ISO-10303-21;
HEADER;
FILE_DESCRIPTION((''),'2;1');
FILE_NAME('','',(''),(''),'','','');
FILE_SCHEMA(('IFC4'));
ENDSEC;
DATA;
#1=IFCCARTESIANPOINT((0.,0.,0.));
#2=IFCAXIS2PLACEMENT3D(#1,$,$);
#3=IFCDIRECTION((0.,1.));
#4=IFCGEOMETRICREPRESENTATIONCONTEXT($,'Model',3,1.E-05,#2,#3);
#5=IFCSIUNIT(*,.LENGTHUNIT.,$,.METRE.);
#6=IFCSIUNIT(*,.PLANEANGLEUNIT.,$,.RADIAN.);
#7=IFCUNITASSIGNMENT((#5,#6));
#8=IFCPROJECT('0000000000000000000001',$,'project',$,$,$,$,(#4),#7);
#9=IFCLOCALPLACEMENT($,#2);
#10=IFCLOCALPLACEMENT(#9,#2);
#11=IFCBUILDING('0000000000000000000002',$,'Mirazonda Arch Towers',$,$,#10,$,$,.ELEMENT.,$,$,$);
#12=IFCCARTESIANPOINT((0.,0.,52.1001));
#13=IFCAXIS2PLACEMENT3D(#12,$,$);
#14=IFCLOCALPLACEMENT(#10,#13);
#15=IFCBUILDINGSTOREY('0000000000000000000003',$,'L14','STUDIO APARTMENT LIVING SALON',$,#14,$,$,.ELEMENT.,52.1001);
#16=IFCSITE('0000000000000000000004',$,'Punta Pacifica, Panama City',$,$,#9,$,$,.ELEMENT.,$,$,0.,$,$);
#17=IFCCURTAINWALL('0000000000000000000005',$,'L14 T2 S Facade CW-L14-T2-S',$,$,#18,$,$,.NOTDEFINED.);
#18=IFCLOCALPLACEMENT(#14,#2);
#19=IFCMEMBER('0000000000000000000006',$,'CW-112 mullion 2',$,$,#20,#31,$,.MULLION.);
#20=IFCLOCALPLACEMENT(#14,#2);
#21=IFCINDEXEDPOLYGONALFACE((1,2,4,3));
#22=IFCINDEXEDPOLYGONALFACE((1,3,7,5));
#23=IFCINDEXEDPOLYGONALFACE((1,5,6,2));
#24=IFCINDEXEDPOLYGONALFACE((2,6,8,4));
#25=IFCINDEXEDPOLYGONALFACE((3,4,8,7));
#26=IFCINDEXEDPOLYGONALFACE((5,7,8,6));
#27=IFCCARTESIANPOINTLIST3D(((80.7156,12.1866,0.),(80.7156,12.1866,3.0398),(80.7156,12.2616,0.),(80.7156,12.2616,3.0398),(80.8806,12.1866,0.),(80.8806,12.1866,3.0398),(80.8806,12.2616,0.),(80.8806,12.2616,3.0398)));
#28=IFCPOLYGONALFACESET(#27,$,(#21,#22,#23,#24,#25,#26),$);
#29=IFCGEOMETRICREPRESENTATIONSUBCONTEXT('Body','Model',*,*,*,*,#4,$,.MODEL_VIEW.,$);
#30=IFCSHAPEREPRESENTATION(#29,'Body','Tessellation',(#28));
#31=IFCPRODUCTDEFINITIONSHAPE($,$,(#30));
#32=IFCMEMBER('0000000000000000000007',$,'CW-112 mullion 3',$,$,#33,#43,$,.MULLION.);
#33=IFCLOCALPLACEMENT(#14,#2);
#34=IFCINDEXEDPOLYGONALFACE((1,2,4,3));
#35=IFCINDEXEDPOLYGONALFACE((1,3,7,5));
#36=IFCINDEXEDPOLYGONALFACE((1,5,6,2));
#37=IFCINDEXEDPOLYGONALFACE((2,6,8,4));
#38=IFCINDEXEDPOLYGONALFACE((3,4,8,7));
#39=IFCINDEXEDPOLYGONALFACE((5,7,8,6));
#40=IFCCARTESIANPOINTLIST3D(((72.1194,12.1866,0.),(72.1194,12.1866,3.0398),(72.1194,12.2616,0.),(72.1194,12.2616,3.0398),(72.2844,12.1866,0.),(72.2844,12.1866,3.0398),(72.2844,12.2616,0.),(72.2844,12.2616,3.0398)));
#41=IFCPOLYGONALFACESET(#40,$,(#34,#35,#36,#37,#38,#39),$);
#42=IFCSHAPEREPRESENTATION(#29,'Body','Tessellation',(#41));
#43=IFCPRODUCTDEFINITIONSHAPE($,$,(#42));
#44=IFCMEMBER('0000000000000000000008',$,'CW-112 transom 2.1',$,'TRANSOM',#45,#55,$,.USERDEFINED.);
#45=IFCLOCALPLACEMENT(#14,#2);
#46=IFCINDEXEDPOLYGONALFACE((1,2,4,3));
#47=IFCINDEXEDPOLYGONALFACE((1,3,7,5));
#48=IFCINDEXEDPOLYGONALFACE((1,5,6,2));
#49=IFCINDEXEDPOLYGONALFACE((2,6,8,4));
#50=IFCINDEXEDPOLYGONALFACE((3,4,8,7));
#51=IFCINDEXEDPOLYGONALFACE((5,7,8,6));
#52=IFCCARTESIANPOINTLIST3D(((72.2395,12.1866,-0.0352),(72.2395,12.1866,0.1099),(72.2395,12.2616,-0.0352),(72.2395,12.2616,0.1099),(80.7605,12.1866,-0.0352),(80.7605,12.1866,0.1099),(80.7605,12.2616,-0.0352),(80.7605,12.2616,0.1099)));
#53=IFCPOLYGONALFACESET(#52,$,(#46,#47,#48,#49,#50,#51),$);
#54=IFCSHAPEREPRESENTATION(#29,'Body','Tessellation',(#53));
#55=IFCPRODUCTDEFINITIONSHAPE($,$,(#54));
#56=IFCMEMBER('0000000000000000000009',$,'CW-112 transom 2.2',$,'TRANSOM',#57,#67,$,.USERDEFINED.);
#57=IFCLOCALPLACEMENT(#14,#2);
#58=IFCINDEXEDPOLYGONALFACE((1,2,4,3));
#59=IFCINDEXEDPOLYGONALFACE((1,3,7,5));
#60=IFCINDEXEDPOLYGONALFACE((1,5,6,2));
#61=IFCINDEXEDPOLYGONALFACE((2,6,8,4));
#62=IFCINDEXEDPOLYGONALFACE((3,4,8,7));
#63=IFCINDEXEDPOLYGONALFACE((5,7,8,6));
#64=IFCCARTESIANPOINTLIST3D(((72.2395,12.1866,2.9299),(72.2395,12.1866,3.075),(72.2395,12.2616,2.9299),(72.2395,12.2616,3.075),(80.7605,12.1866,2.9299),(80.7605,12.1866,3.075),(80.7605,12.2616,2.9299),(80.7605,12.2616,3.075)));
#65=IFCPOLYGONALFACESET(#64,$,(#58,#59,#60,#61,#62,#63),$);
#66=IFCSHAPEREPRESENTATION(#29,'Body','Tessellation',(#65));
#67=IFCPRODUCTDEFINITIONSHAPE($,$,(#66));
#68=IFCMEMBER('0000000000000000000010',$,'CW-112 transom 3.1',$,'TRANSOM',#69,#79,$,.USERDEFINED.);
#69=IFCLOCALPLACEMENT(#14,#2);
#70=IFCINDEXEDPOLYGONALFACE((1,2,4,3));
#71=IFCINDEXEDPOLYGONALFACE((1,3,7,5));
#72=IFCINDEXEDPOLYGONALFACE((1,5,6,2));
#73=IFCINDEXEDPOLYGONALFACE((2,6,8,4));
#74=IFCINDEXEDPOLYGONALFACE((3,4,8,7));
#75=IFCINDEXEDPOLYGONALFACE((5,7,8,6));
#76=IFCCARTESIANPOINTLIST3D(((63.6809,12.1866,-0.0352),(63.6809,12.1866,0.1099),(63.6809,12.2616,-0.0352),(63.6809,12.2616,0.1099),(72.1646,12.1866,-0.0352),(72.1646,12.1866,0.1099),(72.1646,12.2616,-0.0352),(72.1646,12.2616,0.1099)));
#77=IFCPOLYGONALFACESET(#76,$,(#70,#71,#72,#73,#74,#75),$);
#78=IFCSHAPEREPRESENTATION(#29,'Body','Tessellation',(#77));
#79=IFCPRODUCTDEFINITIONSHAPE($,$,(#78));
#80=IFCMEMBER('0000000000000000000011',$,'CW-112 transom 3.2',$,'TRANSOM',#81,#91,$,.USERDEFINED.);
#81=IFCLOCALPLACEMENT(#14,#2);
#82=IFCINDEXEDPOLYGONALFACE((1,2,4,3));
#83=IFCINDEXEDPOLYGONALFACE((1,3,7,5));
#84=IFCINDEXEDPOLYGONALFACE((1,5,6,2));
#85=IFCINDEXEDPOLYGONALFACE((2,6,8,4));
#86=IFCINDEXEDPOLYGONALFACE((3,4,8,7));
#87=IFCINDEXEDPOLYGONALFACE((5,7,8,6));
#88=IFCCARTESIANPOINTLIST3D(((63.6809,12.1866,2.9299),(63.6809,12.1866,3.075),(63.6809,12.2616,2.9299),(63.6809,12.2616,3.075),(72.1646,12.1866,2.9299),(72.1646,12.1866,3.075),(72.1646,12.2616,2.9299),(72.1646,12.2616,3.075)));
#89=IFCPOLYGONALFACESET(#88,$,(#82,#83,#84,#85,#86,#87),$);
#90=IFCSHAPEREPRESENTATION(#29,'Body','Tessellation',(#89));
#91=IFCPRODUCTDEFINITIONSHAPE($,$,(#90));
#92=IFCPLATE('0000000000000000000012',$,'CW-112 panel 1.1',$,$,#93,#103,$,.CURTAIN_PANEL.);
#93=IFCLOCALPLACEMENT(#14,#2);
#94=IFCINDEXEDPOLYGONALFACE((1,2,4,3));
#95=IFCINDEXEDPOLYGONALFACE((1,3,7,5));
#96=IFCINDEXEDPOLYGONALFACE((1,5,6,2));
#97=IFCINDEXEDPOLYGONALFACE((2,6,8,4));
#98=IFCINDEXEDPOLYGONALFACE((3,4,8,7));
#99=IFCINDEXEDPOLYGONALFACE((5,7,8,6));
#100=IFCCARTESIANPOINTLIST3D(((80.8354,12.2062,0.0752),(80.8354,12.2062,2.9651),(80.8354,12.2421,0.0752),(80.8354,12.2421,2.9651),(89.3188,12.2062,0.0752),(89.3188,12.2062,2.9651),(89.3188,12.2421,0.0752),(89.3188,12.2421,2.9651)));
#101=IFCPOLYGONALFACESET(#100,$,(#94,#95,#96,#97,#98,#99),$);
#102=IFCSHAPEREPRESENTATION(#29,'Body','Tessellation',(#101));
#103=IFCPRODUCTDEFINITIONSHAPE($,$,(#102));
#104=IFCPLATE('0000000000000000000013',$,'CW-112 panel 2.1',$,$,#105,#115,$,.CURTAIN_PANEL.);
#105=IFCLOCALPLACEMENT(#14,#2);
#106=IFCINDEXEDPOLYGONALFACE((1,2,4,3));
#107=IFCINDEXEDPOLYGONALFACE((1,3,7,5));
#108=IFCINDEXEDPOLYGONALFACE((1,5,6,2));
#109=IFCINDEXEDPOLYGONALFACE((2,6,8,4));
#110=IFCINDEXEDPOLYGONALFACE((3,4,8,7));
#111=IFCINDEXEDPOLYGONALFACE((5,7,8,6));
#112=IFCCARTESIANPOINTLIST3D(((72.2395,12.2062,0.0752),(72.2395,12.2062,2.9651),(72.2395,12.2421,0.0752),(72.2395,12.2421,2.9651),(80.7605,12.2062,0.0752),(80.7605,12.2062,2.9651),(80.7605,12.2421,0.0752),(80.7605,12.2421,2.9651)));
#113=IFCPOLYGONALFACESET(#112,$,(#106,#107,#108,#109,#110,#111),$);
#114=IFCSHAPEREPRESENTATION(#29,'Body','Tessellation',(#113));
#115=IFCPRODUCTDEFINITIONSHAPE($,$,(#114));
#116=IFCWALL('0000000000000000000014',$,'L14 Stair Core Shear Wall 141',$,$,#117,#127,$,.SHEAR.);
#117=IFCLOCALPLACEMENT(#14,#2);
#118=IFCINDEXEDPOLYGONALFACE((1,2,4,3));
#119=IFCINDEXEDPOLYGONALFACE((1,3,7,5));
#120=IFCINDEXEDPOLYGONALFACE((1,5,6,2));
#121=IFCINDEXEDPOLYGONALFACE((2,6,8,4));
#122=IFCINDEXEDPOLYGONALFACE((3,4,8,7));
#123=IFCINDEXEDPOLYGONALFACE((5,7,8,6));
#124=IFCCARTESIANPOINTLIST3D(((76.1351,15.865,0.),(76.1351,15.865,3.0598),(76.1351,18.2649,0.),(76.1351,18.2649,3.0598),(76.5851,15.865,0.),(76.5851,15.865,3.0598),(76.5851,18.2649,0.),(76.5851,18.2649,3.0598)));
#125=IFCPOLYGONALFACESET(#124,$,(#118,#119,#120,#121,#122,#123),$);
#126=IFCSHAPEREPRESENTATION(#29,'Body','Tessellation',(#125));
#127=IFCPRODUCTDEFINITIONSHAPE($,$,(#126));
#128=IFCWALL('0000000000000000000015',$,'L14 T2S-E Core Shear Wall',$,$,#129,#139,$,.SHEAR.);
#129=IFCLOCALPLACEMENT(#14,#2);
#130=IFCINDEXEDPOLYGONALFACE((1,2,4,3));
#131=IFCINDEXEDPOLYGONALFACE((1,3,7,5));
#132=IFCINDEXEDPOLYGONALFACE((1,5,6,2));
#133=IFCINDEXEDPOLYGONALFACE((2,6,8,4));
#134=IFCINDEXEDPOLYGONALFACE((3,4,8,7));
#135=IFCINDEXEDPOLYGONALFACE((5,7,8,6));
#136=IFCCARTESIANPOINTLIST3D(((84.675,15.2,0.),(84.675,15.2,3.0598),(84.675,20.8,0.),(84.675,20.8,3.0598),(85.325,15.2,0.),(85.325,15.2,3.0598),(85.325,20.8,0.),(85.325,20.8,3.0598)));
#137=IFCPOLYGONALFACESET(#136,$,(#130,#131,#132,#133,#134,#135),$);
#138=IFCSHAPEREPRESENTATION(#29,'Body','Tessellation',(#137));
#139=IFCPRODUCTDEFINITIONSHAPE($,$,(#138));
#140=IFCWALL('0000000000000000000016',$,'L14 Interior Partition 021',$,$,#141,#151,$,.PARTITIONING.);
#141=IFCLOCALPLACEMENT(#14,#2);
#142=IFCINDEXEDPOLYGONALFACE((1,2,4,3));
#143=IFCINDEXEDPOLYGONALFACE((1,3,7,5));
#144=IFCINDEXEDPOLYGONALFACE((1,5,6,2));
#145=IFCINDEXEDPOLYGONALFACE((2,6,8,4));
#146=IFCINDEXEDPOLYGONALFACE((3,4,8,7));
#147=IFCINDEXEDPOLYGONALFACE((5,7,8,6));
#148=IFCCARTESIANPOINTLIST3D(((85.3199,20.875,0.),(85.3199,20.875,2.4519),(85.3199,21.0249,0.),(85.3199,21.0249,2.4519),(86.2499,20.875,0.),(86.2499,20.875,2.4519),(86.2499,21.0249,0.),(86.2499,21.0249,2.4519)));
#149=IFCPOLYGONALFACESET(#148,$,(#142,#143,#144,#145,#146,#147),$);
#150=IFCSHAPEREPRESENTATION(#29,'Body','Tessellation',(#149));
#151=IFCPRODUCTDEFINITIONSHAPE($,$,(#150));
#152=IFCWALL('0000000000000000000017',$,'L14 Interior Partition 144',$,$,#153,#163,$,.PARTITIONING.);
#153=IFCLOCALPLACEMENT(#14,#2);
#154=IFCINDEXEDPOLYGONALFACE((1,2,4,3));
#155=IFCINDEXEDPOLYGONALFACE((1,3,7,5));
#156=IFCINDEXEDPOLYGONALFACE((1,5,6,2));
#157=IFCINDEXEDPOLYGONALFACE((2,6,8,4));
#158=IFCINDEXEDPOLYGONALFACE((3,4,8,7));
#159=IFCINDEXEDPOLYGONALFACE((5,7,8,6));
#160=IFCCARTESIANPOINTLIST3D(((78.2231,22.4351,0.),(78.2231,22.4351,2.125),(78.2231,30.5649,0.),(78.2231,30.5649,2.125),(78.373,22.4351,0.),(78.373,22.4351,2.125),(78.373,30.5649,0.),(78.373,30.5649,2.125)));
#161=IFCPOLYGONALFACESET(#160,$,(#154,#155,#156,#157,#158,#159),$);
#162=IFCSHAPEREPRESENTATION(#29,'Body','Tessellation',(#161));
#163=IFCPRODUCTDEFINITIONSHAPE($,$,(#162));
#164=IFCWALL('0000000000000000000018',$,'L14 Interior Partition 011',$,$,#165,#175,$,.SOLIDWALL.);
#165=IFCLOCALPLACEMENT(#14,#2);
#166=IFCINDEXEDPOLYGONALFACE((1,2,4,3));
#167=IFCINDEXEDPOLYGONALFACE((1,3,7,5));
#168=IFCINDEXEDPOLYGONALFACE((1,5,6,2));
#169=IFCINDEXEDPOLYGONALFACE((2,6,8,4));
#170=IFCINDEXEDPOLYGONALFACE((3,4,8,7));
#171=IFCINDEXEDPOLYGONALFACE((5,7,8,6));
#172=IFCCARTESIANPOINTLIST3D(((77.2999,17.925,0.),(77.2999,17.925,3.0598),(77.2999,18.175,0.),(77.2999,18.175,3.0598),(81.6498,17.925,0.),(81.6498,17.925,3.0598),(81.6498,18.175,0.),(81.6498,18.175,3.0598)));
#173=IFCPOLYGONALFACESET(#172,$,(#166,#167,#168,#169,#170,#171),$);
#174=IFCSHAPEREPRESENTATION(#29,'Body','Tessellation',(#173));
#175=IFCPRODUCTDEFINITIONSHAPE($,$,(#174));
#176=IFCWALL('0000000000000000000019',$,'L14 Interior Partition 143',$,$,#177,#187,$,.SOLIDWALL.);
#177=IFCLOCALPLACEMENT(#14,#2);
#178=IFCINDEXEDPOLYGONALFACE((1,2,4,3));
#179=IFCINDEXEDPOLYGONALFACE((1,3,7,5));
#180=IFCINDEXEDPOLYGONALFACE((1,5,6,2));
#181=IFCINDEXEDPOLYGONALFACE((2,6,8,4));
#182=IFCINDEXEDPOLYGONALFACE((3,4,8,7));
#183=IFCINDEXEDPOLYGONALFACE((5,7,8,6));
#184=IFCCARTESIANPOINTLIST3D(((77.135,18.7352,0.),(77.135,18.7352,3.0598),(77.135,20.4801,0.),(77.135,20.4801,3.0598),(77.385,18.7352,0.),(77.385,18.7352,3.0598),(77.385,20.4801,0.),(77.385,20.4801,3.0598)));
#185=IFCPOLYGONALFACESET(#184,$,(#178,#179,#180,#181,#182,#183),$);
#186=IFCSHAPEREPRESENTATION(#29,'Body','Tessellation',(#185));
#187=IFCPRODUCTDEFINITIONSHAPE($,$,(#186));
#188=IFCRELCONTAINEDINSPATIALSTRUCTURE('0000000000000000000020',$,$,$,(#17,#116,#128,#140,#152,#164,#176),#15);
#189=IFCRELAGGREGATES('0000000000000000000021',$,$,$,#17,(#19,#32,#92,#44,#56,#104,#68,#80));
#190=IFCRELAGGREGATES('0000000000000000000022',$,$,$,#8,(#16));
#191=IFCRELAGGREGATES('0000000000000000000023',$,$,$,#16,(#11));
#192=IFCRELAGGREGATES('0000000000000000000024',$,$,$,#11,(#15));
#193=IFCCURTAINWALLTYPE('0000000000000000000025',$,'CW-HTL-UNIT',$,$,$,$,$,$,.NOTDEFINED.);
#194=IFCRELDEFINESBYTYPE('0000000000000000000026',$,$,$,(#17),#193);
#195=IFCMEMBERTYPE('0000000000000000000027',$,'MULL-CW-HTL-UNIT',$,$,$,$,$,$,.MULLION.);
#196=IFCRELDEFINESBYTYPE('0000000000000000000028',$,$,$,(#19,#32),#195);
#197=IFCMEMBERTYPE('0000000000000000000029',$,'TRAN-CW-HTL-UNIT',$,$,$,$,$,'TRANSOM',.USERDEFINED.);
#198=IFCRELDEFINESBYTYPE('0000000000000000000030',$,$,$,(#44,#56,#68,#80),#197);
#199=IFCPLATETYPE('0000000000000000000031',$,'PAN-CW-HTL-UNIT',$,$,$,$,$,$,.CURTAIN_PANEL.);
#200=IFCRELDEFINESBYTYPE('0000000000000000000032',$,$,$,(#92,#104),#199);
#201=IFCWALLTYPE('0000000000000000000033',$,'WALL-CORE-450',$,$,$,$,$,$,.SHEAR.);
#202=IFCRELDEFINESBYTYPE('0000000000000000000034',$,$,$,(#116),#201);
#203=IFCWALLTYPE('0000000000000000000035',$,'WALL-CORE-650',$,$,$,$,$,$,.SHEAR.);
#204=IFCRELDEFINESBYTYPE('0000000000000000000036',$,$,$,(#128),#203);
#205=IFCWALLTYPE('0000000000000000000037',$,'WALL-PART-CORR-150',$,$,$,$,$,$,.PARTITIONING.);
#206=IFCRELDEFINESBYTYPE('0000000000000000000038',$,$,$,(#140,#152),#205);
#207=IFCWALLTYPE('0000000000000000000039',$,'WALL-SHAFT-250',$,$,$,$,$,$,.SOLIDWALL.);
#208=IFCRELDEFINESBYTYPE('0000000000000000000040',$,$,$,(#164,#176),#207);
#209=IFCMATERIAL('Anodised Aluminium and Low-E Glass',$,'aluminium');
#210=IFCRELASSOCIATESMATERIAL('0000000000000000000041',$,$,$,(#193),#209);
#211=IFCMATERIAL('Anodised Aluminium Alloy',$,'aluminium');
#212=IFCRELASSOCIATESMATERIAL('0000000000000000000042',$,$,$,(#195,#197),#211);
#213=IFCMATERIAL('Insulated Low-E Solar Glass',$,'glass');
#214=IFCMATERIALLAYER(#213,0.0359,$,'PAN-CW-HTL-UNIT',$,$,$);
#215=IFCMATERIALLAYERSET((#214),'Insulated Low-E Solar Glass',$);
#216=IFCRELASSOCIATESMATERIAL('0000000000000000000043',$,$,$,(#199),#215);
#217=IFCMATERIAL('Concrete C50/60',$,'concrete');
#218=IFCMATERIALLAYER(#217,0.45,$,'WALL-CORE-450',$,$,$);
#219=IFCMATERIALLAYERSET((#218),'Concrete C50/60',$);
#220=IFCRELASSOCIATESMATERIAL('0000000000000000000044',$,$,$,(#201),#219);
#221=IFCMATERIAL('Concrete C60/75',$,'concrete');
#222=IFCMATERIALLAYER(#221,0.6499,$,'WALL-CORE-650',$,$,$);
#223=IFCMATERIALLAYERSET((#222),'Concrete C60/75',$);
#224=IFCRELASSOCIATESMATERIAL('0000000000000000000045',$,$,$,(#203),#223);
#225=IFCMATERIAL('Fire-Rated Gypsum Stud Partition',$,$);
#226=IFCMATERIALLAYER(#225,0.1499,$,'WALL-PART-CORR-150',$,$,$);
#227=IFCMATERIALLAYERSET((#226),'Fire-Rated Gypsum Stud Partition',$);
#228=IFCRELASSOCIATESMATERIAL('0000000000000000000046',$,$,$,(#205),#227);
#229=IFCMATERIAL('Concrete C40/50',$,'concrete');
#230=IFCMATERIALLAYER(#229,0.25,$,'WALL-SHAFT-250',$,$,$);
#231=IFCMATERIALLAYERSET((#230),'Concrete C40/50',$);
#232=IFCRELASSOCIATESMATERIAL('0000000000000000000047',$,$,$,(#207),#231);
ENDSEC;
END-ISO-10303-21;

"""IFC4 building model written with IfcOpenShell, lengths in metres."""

from ifc_helpers import new_model, si_unit, direction, frame, frame_2d, origin, origin_2d, place, context, subcontext, project, spatial, rectangle, extrude, material, layer, layer_set, material_profile, profile_set, type_object, element, aggregate, save


model = new_model("IFC4")

# Units and contexts
model_context = context("Model", 3, precision=1e-05, world=origin(), true_north=direction((0.0, 1.0)))
body_context = subcontext(model_context, "Body", "Model", "MODEL_VIEW")
ifc_project = project(units=[si_unit("LENGTHUNIT", "METRE"), si_unit("PLANEANGLEUNIT", "RADIAN")], contexts=[model_context])

# Site, building, storey
site_placement = place(None, origin())
site = spatial("IfcSite", under=ifc_project, at=site_placement, Name="Punta Pacifica, Panama City", CompositionType="ELEMENT", RefElevation=0.0)
building_placement = place(site_placement, origin())
building = spatial("IfcBuilding", under=site, at=building_placement, Name="Mirazonda Arch Towers", CompositionType="ELEMENT")
storey_placement = place(building_placement, frame((0.0, 0.0, 52.1001)))
storey = spatial("IfcBuildingStorey", under=building, at=storey_placement, Name="L14", Description="STUDIO APARTMENT LIVING SALON", CompositionType="ELEMENT", Elevation=52.1001)

# Shared definitions
ifc_material_1 = material(Name="Concrete C60/75", Category="concrete")

# Curtain wall, members, plates
ifc_material_2 = material(Name="Anodised Aluminium and Low-E Glass", Category="aluminium")
curtain_wall_type = type_object("IfcCurtainWallType", Name="CW-HTL-UNIT", PredefinedType="NOTDEFINED", material=ifc_material_2)
curtain_wall_placement = place(storey_placement, origin())
curtain_wall = element("IfcCurtainWall", 1, at=curtain_wall_placement, inside=storey, type_object=curtain_wall_type, Name="L14 T2 S Facade CW-L14-T2-S", PredefinedType="NOTDEFINED")
ifc_material_3 = material(Name="Anodised Aluminium Alloy", Category="aluminium")
ifc_material_profile_1 = material_profile(ifc_material_3, rectangle(XDim=0.075, YDim=0.165, at=origin_2d()), Name="ALU-MULL-75x165")
ifc_profile_set_1 = profile_set([ifc_material_profile_1], Name="Anodised Aluminium Alloy")
member_type_1 = type_object("IfcMemberType", Name="MULL-CW-HTL-UNIT", PredefinedType="MULLION", material=ifc_profile_set_1)
member_1_placement = place(storey_placement, frame((80.7981, 12.2241, 0.0), z_axis=(0.0, 0.0, 1.0), x_axis=(0.0, -1.0, 0.0)))
member_1 = element("IfcMember", 2, at=member_1_placement, type_object=member_type_1, Name="CW-112 mullion 2", PredefinedType="MULLION", context=body_context, shape_type="SweptSolid", body=[
    extrude(rectangle(XDim=0.075, YDim=0.165, at=origin_2d()), origin(), (0.0, 0.0, 1.0), 3.0398),
])
member_2_placement = place(storey_placement, frame((72.2019, 12.2241, 0.0), z_axis=(0.0, 0.0, 1.0), x_axis=(0.0, -1.0, 0.0)))
member_2 = element("IfcMember", 3, at=member_2_placement, type_object=member_type_1, Name="CW-112 mullion 3", PredefinedType="MULLION", context=body_context, shape_type="SweptSolid", body=[
    extrude(rectangle(XDim=0.075, YDim=0.165, at=origin_2d()), origin(), (0.0, 0.0, 1.0), 3.0398),
])
ifc_material_profile_2 = material_profile(ifc_material_3, rectangle(XDim=0.075, YDim=0.145, at=origin_2d()), Name="ALU-TRAN-75x145")
ifc_profile_set_2 = profile_set([ifc_material_profile_2], Name="Anodised Aluminium Alloy")
member_type_2 = type_object("IfcMemberType", Name="TRAN-CW-HTL-UNIT", ElementType="TRANSOM", PredefinedType="USERDEFINED", material=ifc_profile_set_2)
member_3_placement = place(storey_placement, frame((80.7605, 12.2241, 0.0374), z_axis=(-1.0, 0.0, 0.0), x_axis=(0.0, -1.0, 0.0)))
member_3 = element("IfcMember", 4, at=member_3_placement, type_object=member_type_2, Name="CW-112 transom 2.1", ObjectType="TRANSOM", PredefinedType="USERDEFINED", context=body_context, shape_type="SweptSolid", body=[
    extrude(rectangle(XDim=0.075, YDim=0.145, at=origin_2d()), origin(), (0.0, 0.0, 1.0), 8.521),
])
member_4_placement = place(storey_placement, frame((80.7605, 12.2241, 3.0024), z_axis=(-1.0, 0.0, 0.0), x_axis=(0.0, -1.0, 0.0)))
member_4 = element("IfcMember", 5, at=member_4_placement, type_object=member_type_2, Name="CW-112 transom 2.2", ObjectType="TRANSOM", PredefinedType="USERDEFINED", context=body_context, shape_type="SweptSolid", body=[
    extrude(rectangle(XDim=0.075, YDim=0.145, at=origin_2d()), origin(), (0.0, 0.0, 1.0), 8.521),
])
member_5_placement = place(storey_placement, frame((72.1646, 12.2241, 0.0374), z_axis=(-1.0, 0.0, 0.0), x_axis=(0.0, -1.0, 0.0)))
member_5 = element("IfcMember", 6, at=member_5_placement, type_object=member_type_2, Name="CW-112 transom 3.1", ObjectType="TRANSOM", PredefinedType="USERDEFINED", context=body_context, shape_type="SweptSolid", body=[
    extrude(rectangle(XDim=0.075, YDim=0.145, at=origin_2d()), origin(), (0.0, 0.0, 1.0), 8.4836),
])
member_6_placement = place(storey_placement, frame((72.1646, 12.2241, 3.0024), z_axis=(-1.0, 0.0, 0.0), x_axis=(0.0, -1.0, 0.0)))
member_6 = element("IfcMember", 7, at=member_6_placement, type_object=member_type_2, Name="CW-112 transom 3.2", ObjectType="TRANSOM", PredefinedType="USERDEFINED", context=body_context, shape_type="SweptSolid", body=[
    extrude(rectangle(XDim=0.075, YDim=0.145, at=origin_2d()), origin(), (0.0, 0.0, 1.0), 8.4836),
])
ifc_material_4 = material(Name="Insulated Low-E Solar Glass", Category="glass")
ifc_layer_1 = layer(ifc_material_4, 0.0359, Name="PAN-CW-HTL-UNIT")
ifc_layer_set_1 = layer_set([ifc_layer_1], Name="Insulated Low-E Solar Glass")
plate_type = type_object("IfcPlateType", Name="PAN-CW-HTL-UNIT", PredefinedType="CURTAIN_PANEL", material=ifc_layer_set_1)
plate_1_placement = place(storey_placement, frame((85.0771, 12.2241, 0.0752), z_axis=(0.0, 0.0, 1.0), x_axis=(-1.0, 0.0, 0.0)))
plate_1 = element("IfcPlate", 8, at=plate_1_placement, type_object=plate_type, Name="CW-112 panel 1.1", PredefinedType="CURTAIN_PANEL", context=body_context, shape_type="SweptSolid", body=[
    extrude(rectangle(XDim=8.4834, YDim=0.0359, at=origin_2d()), origin(), (0.0, 0.0, 1.0), 2.8899),
])
plate_2_placement = place(storey_placement, frame((76.5, 12.2241, 0.0752), z_axis=(0.0, 0.0, 1.0), x_axis=(-1.0, 0.0, 0.0)))
plate_2 = element("IfcPlate", 9, at=plate_2_placement, type_object=plate_type, Name="CW-112 panel 2.1", PredefinedType="CURTAIN_PANEL", context=body_context, shape_type="SweptSolid", body=[
    extrude(rectangle(XDim=8.521, YDim=0.0359, at=origin_2d()), origin(), (0.0, 0.0, 1.0), 2.8899),
])
aggregate(curtain_wall, [member_1, member_2, plate_1, member_3, member_4, plate_2, member_5, member_6])

# Walls
ifc_material_5 = material(Name="Concrete C50/60", Category="concrete")
ifc_layer_2 = layer(ifc_material_5, 0.45, Name="WALL-CORE-450")
ifc_layer_set_2 = layer_set([ifc_layer_2], Name="Concrete C50/60")
wall_type_1 = type_object("IfcWallType", Name="WALL-CORE-450", PredefinedType="SHEAR", material=ifc_layer_set_2)
wall_1_placement = place(storey_placement, frame((76.3601, 15.865, 0.0), z_axis=(0.0, 0.0, 1.0), x_axis=(0.0, 1.0, 0.0)))
element("IfcWall", 10, at=wall_1_placement, inside=storey, type_object=wall_type_1, Name="L14 Stair Core Shear Wall 141", PredefinedType="SHEAR", context=body_context, shape_type="SweptSolid", body=[
    extrude(rectangle(XDim=2.3999, YDim=0.45, at=frame_2d((1.2, 0.0))), origin(), (0.0, 0.0, 1.0), 3.0598),
])
ifc_layer_3 = layer(ifc_material_1, 0.6499, Name="WALL-CORE-650")
ifc_layer_set_3 = layer_set([ifc_layer_3], Name="Concrete C60/75")
wall_type_2 = type_object("IfcWallType", Name="WALL-CORE-650", PredefinedType="SHEAR", material=ifc_layer_set_3)
wall_2_placement = place(storey_placement, frame((85.0, 15.2, 0.0), z_axis=(0.0, 0.0, 1.0), x_axis=(0.0, 1.0, 0.0)))
element("IfcWall", 11, at=wall_2_placement, inside=storey, type_object=wall_type_2, Name="L14 T2S-E Core Shear Wall", PredefinedType="SHEAR", context=body_context, shape_type="SweptSolid", body=[
    extrude(rectangle(XDim=5.6001, YDim=0.6499, at=frame_2d((2.8, 0.0))), origin(), (0.0, 0.0, 1.0), 3.0598),
])
ifc_material_6 = material(Name="Fire-Rated Gypsum Stud Partition")
ifc_layer_4 = layer(ifc_material_6, 0.1499, Name="WALL-PART-CORR-150")
ifc_layer_set_4 = layer_set([ifc_layer_4], Name="Fire-Rated Gypsum Stud Partition")
wall_type_3 = type_object("IfcWallType", Name="WALL-PART-CORR-150", PredefinedType="PARTITIONING", material=ifc_layer_set_4)
wall_3_placement = place(storey_placement, frame((85.3201, 20.95, 0.0), z_axis=(0.0, 0.0, 1.0), x_axis=(1.0, 0.0, 0.0)))
element("IfcWall", 12, at=wall_3_placement, inside=storey, type_object=wall_type_3, Name="L14 Interior Partition 021", PredefinedType="PARTITIONING", context=body_context, shape_type="SweptSolid", body=[
    extrude(rectangle(XDim=0.9299, YDim=0.1499, at=frame_2d((0.4648, 0.0))), origin(), (0.0, 0.0, 1.0), 2.4519),
])
wall_4_placement = place(storey_placement, frame((78.2981, 22.4351, 0.0), z_axis=(0.0, 0.0, 1.0), x_axis=(0.0, 1.0, 0.0)))
element("IfcWall", 13, at=wall_4_placement, inside=storey, type_object=wall_type_3, Name="L14 Interior Partition 144", PredefinedType="PARTITIONING", context=body_context, shape_type="SweptSolid", body=[
    extrude(rectangle(XDim=8.1299, YDim=0.1499, at=frame_2d((4.0649, 0.0))), origin(), (0.0, 0.0, 1.0), 2.125),
])
ifc_material_7 = material(Name="Concrete C40/50", Category="concrete")
ifc_layer_5 = layer(ifc_material_7, 0.25, Name="WALL-SHAFT-250")
ifc_layer_set_5 = layer_set([ifc_layer_5], Name="Concrete C40/50")
wall_type_4 = type_object("IfcWallType", Name="WALL-SHAFT-250", PredefinedType="SOLIDWALL", material=ifc_layer_set_5)
wall_5_placement = place(storey_placement, frame((77.3, 18.05, 0.0), z_axis=(0.0, 0.0, 1.0), x_axis=(1.0, 0.0, 0.0)))
element("IfcWall", 14, at=wall_5_placement, inside=storey, type_object=wall_type_4, Name="L14 Interior Partition 011", PredefinedType="SOLIDWALL", context=body_context, shape_type="SweptSolid", body=[
    extrude(rectangle(XDim=4.3499, YDim=0.25, at=frame_2d((2.1748, 0.0))), origin(), (0.0, 0.0, 1.0), 3.0598),
])
wall_6_placement = place(storey_placement, frame((77.26, 18.7351, 0.0), z_axis=(0.0, 0.0, 1.0), x_axis=(0.0, 1.0, 0.0)))
element("IfcWall", 15, at=wall_6_placement, inside=storey, type_object=wall_type_4, Name="L14 Interior Partition 143", PredefinedType="SOLIDWALL", context=body_context, shape_type="SweptSolid", body=[
    extrude(rectangle(XDim=1.7449, YDim=0.25, at=frame_2d((0.8726, 0.0))), origin(), (0.0, 0.0, 1.0), 3.0598),
])

save(model, "model.ifc")
